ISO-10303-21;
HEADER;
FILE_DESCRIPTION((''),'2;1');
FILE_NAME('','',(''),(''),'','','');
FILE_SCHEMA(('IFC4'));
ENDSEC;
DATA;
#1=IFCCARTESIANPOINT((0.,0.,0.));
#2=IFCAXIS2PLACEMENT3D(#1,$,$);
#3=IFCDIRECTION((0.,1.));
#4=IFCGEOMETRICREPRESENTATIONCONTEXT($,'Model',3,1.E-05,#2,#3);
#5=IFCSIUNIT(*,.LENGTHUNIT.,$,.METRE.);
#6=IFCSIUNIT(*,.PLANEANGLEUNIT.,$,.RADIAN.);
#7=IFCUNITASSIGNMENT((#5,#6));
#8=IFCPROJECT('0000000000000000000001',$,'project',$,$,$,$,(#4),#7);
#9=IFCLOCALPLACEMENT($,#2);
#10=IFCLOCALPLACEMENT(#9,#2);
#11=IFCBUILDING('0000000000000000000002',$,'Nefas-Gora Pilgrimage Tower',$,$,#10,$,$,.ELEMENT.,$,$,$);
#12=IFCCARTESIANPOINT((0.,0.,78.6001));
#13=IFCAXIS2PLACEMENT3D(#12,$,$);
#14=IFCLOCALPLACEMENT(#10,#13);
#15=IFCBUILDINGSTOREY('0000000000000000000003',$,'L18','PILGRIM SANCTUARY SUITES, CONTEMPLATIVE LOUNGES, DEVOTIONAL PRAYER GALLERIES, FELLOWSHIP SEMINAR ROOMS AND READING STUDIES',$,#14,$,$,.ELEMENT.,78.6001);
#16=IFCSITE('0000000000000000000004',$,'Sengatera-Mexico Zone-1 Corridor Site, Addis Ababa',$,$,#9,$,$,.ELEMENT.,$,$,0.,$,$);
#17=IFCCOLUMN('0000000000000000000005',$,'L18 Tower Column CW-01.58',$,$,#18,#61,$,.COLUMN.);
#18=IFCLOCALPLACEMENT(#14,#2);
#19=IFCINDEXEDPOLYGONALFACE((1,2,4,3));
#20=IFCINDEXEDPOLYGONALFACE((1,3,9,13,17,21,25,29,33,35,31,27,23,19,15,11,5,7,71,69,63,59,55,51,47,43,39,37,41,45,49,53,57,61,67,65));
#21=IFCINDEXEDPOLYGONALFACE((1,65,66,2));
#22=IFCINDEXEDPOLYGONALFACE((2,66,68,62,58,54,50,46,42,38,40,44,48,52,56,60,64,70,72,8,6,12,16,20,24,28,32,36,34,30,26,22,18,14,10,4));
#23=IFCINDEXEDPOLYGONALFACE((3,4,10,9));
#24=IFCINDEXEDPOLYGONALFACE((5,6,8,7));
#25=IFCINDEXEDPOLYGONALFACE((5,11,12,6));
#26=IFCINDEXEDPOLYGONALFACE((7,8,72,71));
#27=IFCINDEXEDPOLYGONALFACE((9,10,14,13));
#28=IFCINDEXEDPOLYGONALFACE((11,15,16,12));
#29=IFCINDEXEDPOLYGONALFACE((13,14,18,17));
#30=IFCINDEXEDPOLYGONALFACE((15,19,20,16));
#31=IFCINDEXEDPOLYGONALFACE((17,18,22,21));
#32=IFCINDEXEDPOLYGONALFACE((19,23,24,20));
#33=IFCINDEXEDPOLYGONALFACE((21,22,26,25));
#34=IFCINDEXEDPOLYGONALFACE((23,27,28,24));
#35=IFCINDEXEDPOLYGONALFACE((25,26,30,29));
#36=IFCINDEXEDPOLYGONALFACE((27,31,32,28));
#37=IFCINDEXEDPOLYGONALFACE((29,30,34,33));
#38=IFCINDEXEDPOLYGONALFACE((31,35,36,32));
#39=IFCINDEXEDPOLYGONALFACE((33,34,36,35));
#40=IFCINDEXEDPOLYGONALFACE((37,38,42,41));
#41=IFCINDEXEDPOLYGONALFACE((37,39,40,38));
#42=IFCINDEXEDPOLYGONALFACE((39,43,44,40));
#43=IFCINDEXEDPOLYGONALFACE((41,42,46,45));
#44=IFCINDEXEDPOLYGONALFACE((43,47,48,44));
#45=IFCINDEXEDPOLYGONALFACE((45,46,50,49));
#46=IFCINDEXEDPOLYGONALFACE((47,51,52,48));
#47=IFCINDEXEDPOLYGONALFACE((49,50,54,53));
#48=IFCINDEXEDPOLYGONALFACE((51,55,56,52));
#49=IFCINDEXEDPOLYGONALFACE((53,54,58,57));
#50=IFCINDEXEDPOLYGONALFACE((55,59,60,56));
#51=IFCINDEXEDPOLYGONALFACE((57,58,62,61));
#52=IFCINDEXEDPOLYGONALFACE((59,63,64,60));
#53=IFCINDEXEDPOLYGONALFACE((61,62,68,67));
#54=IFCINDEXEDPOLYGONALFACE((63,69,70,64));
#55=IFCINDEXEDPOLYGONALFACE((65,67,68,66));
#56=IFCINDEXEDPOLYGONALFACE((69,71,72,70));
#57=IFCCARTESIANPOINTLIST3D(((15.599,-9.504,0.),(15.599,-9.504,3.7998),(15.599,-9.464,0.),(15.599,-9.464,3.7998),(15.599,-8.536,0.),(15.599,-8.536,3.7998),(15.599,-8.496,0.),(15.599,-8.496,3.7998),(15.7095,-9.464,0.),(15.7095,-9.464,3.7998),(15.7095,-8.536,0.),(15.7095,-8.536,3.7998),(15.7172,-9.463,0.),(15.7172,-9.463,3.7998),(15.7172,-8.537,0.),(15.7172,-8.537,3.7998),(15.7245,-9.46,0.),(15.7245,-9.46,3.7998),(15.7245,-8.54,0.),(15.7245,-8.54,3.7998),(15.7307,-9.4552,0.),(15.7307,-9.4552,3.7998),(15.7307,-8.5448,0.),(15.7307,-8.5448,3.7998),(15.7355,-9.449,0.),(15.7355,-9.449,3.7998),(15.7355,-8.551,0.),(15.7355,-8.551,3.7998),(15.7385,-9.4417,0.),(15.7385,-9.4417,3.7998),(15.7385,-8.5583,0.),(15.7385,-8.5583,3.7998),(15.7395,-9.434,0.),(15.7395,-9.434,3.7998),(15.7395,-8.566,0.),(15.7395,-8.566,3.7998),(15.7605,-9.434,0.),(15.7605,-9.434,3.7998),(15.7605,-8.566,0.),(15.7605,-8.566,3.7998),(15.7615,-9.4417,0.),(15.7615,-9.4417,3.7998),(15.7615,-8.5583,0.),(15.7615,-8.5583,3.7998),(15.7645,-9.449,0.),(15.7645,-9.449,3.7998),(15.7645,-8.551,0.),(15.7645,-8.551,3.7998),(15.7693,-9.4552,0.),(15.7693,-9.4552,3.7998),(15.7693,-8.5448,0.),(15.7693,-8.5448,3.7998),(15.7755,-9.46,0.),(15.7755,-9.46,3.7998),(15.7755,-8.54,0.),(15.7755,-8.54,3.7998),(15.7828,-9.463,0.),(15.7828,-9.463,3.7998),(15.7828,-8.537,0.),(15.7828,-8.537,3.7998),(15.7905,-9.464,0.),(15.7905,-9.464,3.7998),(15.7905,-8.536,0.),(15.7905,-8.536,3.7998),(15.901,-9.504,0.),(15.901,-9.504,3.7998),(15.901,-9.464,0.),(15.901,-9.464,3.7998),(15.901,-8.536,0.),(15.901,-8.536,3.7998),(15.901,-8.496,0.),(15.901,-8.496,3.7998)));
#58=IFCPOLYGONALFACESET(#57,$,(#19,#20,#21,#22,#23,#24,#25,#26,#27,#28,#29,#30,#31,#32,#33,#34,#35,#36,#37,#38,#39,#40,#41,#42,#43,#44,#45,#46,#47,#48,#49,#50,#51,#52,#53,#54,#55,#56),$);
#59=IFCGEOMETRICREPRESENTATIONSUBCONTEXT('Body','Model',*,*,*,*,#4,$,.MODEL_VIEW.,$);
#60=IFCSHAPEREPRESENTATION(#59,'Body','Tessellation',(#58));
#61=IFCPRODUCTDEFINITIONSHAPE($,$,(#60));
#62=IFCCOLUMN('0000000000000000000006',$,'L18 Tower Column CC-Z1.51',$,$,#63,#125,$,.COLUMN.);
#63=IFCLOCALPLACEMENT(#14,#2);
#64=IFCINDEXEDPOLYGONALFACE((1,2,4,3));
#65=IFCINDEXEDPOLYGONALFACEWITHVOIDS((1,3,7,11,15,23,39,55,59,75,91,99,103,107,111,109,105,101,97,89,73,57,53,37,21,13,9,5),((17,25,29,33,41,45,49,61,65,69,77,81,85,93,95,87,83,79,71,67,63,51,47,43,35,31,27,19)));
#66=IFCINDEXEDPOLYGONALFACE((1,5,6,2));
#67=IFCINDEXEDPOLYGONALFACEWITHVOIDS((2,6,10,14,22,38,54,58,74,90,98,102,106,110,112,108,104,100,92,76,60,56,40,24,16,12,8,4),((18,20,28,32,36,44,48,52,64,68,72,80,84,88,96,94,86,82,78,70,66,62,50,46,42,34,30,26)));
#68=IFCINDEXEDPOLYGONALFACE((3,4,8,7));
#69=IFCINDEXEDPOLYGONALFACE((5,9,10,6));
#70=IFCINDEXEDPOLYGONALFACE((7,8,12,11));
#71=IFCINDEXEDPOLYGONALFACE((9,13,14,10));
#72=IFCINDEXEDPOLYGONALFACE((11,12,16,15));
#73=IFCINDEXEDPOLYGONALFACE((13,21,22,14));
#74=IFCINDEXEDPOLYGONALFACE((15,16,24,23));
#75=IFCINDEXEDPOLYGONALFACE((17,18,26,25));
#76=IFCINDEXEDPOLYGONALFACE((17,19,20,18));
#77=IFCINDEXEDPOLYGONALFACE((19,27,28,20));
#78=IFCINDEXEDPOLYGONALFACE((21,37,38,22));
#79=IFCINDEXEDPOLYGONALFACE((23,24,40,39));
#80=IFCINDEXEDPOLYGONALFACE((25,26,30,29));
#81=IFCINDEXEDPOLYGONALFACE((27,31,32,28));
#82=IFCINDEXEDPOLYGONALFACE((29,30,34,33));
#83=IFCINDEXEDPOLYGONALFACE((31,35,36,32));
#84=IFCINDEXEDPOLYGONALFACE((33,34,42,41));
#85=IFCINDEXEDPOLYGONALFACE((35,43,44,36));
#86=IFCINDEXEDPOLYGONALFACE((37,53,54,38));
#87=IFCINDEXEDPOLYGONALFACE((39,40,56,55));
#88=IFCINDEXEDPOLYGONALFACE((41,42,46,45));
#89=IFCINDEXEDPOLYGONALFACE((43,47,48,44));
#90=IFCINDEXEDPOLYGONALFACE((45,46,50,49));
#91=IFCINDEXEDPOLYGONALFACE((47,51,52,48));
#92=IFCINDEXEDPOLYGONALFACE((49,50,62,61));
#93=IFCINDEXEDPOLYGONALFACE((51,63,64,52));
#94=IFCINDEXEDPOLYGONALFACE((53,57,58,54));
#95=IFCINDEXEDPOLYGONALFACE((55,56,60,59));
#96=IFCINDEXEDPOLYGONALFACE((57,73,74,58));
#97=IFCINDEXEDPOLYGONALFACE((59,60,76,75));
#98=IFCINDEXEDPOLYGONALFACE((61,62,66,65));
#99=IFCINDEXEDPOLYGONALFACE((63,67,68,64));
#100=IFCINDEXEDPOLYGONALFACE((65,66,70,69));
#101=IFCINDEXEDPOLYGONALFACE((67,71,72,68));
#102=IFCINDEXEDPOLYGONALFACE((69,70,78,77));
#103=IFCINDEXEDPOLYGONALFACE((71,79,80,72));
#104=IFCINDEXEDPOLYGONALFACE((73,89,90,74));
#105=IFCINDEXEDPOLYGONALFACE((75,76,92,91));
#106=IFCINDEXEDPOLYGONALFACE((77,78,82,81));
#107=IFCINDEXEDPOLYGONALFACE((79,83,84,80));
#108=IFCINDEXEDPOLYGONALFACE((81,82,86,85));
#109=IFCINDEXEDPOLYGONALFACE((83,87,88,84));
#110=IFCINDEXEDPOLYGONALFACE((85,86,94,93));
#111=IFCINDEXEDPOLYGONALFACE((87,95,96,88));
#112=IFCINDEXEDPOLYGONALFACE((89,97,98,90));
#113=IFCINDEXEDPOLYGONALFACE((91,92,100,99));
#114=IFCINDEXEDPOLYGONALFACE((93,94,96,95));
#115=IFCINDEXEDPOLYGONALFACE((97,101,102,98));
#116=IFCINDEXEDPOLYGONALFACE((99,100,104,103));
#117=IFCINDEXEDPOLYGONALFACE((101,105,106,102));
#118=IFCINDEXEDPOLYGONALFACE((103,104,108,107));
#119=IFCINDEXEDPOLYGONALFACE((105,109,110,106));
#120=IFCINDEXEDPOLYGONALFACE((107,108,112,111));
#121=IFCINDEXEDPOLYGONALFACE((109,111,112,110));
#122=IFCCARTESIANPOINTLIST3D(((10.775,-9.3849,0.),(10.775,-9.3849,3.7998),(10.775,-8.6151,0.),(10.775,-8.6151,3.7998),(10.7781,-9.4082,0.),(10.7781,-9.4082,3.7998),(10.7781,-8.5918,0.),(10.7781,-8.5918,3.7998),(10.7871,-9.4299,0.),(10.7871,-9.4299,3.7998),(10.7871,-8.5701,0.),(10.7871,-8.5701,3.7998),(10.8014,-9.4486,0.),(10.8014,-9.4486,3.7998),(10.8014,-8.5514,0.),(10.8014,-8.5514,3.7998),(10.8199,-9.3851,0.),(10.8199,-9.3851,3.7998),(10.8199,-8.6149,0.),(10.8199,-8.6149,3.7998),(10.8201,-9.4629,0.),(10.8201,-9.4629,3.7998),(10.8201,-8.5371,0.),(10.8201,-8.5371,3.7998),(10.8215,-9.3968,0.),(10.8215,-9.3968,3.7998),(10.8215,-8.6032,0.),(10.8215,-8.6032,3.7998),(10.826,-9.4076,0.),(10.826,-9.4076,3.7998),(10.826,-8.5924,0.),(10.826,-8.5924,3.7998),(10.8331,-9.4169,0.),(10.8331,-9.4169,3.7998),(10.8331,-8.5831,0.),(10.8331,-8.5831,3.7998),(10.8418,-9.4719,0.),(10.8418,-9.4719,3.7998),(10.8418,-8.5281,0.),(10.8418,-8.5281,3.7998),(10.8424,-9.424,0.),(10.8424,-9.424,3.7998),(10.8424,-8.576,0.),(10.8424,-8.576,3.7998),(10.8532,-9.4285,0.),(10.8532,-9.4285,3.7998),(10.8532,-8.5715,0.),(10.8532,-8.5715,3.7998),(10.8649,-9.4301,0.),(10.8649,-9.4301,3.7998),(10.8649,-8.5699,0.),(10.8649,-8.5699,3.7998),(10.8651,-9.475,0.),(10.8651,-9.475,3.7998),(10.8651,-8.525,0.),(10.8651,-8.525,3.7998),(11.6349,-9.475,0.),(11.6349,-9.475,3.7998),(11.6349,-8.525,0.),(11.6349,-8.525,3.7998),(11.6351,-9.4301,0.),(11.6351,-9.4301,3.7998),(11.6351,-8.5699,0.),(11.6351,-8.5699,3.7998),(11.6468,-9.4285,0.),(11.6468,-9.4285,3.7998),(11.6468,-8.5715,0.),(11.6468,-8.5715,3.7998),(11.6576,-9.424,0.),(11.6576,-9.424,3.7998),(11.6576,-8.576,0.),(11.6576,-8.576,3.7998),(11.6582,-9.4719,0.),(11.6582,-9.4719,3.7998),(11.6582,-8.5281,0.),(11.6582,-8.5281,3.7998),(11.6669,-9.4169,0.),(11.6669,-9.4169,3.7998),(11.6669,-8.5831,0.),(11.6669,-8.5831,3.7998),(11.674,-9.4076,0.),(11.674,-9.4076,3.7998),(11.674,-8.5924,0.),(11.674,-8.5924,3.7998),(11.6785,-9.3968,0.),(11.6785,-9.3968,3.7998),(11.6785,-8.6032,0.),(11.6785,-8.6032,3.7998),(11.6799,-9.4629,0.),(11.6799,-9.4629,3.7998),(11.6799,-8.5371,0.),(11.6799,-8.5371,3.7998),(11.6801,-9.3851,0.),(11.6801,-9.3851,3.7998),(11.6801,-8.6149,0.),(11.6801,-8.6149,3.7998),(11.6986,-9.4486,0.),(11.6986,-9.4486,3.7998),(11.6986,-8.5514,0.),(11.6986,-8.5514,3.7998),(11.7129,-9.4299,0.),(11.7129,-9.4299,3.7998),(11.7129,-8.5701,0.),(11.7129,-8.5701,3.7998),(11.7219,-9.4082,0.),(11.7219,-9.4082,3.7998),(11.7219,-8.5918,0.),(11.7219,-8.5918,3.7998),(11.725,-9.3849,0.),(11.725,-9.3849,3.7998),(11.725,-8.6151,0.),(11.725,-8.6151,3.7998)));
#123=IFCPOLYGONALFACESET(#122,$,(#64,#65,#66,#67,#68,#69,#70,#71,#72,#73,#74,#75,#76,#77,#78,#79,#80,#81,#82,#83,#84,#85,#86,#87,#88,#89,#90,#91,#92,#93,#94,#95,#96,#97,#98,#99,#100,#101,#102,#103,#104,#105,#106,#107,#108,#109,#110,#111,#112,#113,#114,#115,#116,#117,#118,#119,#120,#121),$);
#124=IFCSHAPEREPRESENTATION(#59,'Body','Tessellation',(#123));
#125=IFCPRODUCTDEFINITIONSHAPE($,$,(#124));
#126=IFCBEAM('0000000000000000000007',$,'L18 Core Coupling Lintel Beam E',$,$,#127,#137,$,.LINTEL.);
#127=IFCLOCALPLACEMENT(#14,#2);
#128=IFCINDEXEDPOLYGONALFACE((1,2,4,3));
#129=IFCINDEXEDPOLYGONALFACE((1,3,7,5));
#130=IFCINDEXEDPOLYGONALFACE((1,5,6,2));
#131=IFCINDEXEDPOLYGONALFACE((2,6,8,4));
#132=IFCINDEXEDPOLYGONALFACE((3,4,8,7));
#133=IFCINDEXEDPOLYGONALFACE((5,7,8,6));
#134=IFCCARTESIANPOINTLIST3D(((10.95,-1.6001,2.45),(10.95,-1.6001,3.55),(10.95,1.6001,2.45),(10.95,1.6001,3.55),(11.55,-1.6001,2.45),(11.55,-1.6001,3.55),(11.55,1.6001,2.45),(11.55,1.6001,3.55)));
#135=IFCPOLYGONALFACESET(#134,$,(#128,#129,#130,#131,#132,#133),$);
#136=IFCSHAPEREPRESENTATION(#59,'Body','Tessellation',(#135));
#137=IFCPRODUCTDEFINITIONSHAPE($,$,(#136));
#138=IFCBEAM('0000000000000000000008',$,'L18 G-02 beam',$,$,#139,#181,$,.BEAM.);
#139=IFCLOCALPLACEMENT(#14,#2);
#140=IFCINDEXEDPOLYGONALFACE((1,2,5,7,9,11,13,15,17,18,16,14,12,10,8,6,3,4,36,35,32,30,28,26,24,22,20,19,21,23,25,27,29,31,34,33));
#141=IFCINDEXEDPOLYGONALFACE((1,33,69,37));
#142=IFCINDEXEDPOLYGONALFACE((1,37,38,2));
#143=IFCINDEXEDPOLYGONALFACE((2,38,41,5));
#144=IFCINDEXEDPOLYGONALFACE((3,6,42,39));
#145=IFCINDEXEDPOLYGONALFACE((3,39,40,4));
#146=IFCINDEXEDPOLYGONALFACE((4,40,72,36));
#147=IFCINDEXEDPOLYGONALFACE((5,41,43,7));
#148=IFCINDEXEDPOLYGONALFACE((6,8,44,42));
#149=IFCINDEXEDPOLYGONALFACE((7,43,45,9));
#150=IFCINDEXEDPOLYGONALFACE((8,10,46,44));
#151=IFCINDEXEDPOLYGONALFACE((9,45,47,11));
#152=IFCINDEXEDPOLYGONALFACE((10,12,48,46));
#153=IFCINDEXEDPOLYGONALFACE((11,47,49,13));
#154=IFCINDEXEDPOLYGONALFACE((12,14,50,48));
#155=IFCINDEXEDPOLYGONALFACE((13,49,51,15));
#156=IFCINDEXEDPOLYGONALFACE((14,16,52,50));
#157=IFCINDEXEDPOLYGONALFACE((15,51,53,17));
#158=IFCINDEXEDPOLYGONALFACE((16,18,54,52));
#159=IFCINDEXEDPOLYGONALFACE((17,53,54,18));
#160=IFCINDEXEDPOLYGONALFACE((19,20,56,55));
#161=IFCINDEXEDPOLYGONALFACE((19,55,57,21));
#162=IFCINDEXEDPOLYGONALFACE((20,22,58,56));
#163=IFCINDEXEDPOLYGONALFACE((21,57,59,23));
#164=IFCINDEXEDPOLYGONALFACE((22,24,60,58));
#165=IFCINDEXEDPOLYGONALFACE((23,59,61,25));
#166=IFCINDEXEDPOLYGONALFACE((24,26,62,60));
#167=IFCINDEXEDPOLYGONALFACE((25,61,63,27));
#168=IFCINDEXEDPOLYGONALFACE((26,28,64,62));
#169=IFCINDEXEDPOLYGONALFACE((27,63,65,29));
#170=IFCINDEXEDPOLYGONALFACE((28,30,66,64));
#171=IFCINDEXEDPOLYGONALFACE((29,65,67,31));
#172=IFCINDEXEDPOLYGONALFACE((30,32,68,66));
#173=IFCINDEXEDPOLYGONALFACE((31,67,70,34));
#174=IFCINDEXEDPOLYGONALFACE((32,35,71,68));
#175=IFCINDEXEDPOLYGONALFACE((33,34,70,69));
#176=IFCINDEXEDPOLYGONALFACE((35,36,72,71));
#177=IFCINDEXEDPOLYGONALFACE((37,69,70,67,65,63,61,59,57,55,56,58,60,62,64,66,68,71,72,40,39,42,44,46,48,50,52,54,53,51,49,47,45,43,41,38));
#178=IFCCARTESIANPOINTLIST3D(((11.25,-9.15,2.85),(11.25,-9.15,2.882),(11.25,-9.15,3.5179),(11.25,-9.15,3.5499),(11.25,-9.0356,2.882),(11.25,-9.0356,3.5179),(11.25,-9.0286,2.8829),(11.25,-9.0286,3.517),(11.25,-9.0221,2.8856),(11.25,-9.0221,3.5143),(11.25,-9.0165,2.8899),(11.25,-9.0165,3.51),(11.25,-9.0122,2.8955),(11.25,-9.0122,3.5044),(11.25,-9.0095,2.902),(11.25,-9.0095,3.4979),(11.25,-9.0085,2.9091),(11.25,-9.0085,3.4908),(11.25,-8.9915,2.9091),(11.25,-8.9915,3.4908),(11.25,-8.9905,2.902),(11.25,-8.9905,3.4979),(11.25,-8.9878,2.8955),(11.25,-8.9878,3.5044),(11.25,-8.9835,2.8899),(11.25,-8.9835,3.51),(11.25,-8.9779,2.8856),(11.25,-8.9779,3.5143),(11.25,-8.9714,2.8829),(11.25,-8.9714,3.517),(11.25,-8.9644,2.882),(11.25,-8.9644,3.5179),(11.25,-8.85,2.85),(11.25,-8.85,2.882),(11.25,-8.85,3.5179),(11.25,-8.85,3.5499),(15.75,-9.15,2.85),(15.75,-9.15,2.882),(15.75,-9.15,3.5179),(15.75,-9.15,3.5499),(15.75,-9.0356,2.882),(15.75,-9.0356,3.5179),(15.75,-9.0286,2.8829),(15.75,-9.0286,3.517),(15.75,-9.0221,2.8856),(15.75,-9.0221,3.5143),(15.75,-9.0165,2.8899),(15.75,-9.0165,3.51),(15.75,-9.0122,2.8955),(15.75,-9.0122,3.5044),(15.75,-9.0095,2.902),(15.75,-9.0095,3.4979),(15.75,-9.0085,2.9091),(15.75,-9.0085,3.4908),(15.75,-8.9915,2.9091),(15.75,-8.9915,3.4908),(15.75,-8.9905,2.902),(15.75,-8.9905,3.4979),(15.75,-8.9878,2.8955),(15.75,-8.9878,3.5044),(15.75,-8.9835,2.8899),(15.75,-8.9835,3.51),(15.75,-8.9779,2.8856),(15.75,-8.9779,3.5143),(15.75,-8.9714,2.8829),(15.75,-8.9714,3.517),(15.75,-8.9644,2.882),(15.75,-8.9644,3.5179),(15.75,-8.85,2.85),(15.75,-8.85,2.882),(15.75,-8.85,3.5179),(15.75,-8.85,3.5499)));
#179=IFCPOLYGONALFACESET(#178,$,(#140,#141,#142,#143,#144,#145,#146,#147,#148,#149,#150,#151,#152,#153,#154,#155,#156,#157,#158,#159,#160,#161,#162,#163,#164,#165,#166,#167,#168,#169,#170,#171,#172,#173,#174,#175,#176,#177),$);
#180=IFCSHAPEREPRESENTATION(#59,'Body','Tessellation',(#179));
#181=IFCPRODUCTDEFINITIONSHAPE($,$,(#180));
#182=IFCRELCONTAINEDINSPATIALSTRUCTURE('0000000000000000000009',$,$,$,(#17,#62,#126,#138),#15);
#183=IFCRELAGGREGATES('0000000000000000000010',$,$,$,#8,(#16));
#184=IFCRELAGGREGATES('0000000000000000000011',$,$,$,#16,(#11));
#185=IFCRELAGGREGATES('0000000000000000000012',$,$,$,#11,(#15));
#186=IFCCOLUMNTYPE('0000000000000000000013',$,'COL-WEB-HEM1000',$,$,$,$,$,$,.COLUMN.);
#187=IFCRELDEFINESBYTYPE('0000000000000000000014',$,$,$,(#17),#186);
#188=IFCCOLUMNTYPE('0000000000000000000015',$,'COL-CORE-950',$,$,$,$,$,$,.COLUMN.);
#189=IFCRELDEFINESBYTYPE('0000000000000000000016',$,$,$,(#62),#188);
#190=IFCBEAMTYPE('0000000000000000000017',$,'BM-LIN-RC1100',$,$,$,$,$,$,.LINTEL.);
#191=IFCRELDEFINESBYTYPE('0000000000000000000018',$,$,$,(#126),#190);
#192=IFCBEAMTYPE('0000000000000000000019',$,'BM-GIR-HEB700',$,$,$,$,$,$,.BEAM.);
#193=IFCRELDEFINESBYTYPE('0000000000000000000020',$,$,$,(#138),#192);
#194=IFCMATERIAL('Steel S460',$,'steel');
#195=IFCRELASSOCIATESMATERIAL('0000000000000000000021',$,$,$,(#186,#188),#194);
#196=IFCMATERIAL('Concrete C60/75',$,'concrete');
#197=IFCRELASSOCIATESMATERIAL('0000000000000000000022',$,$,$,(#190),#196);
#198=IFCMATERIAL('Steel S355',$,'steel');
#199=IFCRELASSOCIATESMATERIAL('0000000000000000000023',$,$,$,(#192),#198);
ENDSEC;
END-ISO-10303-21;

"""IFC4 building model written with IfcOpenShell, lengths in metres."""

from ifc_helpers import new_model, si_unit, direction, frame, origin, origin_2d, place, context, subcontext, project, spatial, rectangle, hollow_rectangle, i_section, extrude, source, transform, mapped, material, material_profile, profile_set, type_object, element, save


model = new_model("IFC4")

# Units and contexts
model_context = context("Model", 3, precision=1e-05, world=origin(), true_north=direction((0.0, 1.0)))
body_context = subcontext(model_context, "Body", "Model", "MODEL_VIEW")
ifc_project = project(units=[si_unit("LENGTHUNIT", "METRE"), si_unit("PLANEANGLEUNIT", "RADIAN")], contexts=[model_context])

# Site, building, storey
site_placement = place(None, origin())
site = spatial("IfcSite", under=ifc_project, at=site_placement, Name="Sengatera-Mexico Zone-1 Corridor Site, Addis Ababa", CompositionType="ELEMENT", RefElevation=0.0)
building_placement = place(site_placement, origin())
building = spatial("IfcBuilding", under=site, at=building_placement, Name="Nefas-Gora Pilgrimage Tower", CompositionType="ELEMENT")
storey_placement = place(building_placement, frame((0.0, 0.0, 78.6001)))
storey = spatial("IfcBuildingStorey", under=building, at=storey_placement, Name="L18", Description="PILGRIM SANCTUARY SUITES, CONTEMPLATIVE LOUNGES, DEVOTIONAL PRAYER GALLERIES, FELLOWSHIP SEMINAR ROOMS AND READING STUDIES", CompositionType="ELEMENT", Elevation=78.6001)

# Columns
ifc_material_1 = material(Name="Steel S460", Category="steel")
ifc_material_profile_1 = material_profile(ifc_material_1, i_section(OverallWidth=0.302, OverallDepth=1.0081, WebThickness=0.021, FlangeThickness=0.04, FilletRadius=0.03, at=origin_2d()), Name="HEM 1000")
ifc_profile_set_1 = profile_set([ifc_material_profile_1], Name="Steel S460")
column_type_1 = type_object("IfcColumnType", Name="COL-WEB-HEM1000", PredefinedType="COLUMN", material=ifc_profile_set_1)
shared_shape_1 = source(origin(), body_context, "Body", "SweptSolid", [
    extrude(i_section(OverallWidth=0.302, OverallDepth=1.0081, WebThickness=0.021, FlangeThickness=0.04, FilletRadius=0.03, at=origin_2d()), origin(), (0.0, 0.0, 1.0), 3.7998),
])
column_1_placement = place(storey_placement, frame((15.75, -9.0, 0.0), z_axis=(0.0, 0.0, 1.0), x_axis=(1.0, 0.0, 0.0)))
element("IfcColumn", 1, at=column_1_placement, inside=storey, type_object=column_type_1, Name="L18 Tower Column CW-01.58", PredefinedType="COLUMN", context=body_context, shape_type="MappedRepresentation", body=[
    mapped(shared_shape_1, transform((0.0, 0.0, 0.0), x_axis=(1.0, 0.0, 0.0), y_axis=(0.0, 1.0, 0.0), z_axis=(0.0, 0.0, 1.0), scale=1.0)),
])
ifc_material_profile_2 = material_profile(ifc_material_1, hollow_rectangle(XDim=0.95, YDim=0.95, WallThickness=0.0449, InnerFilletRadius=0.0449, OuterFilletRadius=0.0901, at=origin_2d()), Name="BOX 950x950x45")
ifc_profile_set_2 = profile_set([ifc_material_profile_2], Name="Steel S460")
column_type_2 = type_object("IfcColumnType", Name="COL-CORE-950", PredefinedType="COLUMN", material=ifc_profile_set_2)
shared_shape_2 = source(origin(), body_context, "Body", "SweptSolid", [
    extrude(hollow_rectangle(XDim=0.95, YDim=0.95, WallThickness=0.0449, InnerFilletRadius=0.0449, OuterFilletRadius=0.0901, at=origin_2d()), origin(), (0.0, 0.0, 1.0), 3.7998),
])
column_2_placement = place(storey_placement, frame((11.25, -9.0, 0.0), z_axis=(0.0, 0.0, 1.0), x_axis=(1.0, 0.0, 0.0)))
element("IfcColumn", 2, at=column_2_placement, inside=storey, type_object=column_type_2, Name="L18 Tower Column CC-Z1.51", PredefinedType="COLUMN", context=body_context, shape_type="MappedRepresentation", body=[
    mapped(shared_shape_2, transform((0.0, 0.0, 0.0), x_axis=(1.0, 0.0, 0.0), y_axis=(0.0, 1.0, 0.0), z_axis=(0.0, 0.0, 1.0), scale=1.0)),
])

# Beams
ifc_material_2 = material(Name="Concrete C60/75", Category="concrete")
ifc_material_profile_3 = material_profile(ifc_material_2, rectangle(XDim=0.6001, YDim=1.1001, at=origin_2d()), Name="RC 600x1100")
ifc_profile_set_3 = profile_set([ifc_material_profile_3], Name="Concrete C60/75")
beam_type_1 = type_object("IfcBeamType", Name="BM-LIN-RC1100", PredefinedType="LINTEL", material=ifc_profile_set_3)
shared_shape_3 = source(origin(), body_context, "Body", "SweptSolid", [
    extrude(rectangle(XDim=0.6001, YDim=1.1001, at=origin_2d()), origin(), (0.0, 0.0, 1.0), 3.2002),
])
beam_1_placement = place(storey_placement, frame((11.25, -1.6001, 3.0), z_axis=(0.0, 1.0, 0.0), x_axis=(-1.0, 0.0, 0.0)))
element("IfcBeam", 3, at=beam_1_placement, inside=storey, type_object=beam_type_1, Name="L18 Core Coupling Lintel Beam E", PredefinedType="LINTEL", context=body_context, shape_type="MappedRepresentation", body=[
    mapped(shared_shape_3, transform((0.0, 0.0, 0.0), x_axis=(1.0, 0.0, 0.0), y_axis=(0.0, 1.0, 0.0), z_axis=(0.0, 0.0, 1.0), scale=1.0)),
])
ifc_material_3 = material(Name="Steel S355", Category="steel")
ifc_material_profile_4 = material_profile(ifc_material_3, i_section(OverallWidth=0.3, OverallDepth=0.7, WebThickness=0.0171, FlangeThickness=0.032, FilletRadius=0.0271, at=origin_2d()), Name="HEB 700")
ifc_profile_set_4 = profile_set([ifc_material_profile_4], Name="Steel S355")
beam_type_2 = type_object("IfcBeamType", Name="BM-GIR-HEB700", PredefinedType="BEAM", material=ifc_profile_set_4)
shared_shape_4 = source(origin(), body_context, "Body", "SweptSolid", [
    extrude(i_section(OverallWidth=0.3, OverallDepth=0.7, WebThickness=0.0171, FlangeThickness=0.032, FilletRadius=0.0271, at=origin_2d()), origin(), (0.0, 0.0, 1.0), 4.5),
])
for number, where, z_axis, x_axis, name in (
    (4, (11.25, -9.0, 3.2), (1.0, 0.0, 0.0), (0.0, 1.0, 0.0), "L18 G-02 beam"),
):
    element("IfcBeam", number, at=place(storey_placement, frame(where, z_axis=z_axis, x_axis=x_axis)), inside=storey, type_object=beam_type_2, Name=name, PredefinedType="BEAM", context=body_context, shape_type="MappedRepresentation", body=[
        mapped(shared_shape_4, transform((0.0, 0.0, 0.0), x_axis=(1.0, 0.0, 0.0), y_axis=(0.0, 1.0, 0.0), z_axis=(0.0, 0.0, 1.0), scale=1.0)),
    ])

save(model, "model.ifc")
